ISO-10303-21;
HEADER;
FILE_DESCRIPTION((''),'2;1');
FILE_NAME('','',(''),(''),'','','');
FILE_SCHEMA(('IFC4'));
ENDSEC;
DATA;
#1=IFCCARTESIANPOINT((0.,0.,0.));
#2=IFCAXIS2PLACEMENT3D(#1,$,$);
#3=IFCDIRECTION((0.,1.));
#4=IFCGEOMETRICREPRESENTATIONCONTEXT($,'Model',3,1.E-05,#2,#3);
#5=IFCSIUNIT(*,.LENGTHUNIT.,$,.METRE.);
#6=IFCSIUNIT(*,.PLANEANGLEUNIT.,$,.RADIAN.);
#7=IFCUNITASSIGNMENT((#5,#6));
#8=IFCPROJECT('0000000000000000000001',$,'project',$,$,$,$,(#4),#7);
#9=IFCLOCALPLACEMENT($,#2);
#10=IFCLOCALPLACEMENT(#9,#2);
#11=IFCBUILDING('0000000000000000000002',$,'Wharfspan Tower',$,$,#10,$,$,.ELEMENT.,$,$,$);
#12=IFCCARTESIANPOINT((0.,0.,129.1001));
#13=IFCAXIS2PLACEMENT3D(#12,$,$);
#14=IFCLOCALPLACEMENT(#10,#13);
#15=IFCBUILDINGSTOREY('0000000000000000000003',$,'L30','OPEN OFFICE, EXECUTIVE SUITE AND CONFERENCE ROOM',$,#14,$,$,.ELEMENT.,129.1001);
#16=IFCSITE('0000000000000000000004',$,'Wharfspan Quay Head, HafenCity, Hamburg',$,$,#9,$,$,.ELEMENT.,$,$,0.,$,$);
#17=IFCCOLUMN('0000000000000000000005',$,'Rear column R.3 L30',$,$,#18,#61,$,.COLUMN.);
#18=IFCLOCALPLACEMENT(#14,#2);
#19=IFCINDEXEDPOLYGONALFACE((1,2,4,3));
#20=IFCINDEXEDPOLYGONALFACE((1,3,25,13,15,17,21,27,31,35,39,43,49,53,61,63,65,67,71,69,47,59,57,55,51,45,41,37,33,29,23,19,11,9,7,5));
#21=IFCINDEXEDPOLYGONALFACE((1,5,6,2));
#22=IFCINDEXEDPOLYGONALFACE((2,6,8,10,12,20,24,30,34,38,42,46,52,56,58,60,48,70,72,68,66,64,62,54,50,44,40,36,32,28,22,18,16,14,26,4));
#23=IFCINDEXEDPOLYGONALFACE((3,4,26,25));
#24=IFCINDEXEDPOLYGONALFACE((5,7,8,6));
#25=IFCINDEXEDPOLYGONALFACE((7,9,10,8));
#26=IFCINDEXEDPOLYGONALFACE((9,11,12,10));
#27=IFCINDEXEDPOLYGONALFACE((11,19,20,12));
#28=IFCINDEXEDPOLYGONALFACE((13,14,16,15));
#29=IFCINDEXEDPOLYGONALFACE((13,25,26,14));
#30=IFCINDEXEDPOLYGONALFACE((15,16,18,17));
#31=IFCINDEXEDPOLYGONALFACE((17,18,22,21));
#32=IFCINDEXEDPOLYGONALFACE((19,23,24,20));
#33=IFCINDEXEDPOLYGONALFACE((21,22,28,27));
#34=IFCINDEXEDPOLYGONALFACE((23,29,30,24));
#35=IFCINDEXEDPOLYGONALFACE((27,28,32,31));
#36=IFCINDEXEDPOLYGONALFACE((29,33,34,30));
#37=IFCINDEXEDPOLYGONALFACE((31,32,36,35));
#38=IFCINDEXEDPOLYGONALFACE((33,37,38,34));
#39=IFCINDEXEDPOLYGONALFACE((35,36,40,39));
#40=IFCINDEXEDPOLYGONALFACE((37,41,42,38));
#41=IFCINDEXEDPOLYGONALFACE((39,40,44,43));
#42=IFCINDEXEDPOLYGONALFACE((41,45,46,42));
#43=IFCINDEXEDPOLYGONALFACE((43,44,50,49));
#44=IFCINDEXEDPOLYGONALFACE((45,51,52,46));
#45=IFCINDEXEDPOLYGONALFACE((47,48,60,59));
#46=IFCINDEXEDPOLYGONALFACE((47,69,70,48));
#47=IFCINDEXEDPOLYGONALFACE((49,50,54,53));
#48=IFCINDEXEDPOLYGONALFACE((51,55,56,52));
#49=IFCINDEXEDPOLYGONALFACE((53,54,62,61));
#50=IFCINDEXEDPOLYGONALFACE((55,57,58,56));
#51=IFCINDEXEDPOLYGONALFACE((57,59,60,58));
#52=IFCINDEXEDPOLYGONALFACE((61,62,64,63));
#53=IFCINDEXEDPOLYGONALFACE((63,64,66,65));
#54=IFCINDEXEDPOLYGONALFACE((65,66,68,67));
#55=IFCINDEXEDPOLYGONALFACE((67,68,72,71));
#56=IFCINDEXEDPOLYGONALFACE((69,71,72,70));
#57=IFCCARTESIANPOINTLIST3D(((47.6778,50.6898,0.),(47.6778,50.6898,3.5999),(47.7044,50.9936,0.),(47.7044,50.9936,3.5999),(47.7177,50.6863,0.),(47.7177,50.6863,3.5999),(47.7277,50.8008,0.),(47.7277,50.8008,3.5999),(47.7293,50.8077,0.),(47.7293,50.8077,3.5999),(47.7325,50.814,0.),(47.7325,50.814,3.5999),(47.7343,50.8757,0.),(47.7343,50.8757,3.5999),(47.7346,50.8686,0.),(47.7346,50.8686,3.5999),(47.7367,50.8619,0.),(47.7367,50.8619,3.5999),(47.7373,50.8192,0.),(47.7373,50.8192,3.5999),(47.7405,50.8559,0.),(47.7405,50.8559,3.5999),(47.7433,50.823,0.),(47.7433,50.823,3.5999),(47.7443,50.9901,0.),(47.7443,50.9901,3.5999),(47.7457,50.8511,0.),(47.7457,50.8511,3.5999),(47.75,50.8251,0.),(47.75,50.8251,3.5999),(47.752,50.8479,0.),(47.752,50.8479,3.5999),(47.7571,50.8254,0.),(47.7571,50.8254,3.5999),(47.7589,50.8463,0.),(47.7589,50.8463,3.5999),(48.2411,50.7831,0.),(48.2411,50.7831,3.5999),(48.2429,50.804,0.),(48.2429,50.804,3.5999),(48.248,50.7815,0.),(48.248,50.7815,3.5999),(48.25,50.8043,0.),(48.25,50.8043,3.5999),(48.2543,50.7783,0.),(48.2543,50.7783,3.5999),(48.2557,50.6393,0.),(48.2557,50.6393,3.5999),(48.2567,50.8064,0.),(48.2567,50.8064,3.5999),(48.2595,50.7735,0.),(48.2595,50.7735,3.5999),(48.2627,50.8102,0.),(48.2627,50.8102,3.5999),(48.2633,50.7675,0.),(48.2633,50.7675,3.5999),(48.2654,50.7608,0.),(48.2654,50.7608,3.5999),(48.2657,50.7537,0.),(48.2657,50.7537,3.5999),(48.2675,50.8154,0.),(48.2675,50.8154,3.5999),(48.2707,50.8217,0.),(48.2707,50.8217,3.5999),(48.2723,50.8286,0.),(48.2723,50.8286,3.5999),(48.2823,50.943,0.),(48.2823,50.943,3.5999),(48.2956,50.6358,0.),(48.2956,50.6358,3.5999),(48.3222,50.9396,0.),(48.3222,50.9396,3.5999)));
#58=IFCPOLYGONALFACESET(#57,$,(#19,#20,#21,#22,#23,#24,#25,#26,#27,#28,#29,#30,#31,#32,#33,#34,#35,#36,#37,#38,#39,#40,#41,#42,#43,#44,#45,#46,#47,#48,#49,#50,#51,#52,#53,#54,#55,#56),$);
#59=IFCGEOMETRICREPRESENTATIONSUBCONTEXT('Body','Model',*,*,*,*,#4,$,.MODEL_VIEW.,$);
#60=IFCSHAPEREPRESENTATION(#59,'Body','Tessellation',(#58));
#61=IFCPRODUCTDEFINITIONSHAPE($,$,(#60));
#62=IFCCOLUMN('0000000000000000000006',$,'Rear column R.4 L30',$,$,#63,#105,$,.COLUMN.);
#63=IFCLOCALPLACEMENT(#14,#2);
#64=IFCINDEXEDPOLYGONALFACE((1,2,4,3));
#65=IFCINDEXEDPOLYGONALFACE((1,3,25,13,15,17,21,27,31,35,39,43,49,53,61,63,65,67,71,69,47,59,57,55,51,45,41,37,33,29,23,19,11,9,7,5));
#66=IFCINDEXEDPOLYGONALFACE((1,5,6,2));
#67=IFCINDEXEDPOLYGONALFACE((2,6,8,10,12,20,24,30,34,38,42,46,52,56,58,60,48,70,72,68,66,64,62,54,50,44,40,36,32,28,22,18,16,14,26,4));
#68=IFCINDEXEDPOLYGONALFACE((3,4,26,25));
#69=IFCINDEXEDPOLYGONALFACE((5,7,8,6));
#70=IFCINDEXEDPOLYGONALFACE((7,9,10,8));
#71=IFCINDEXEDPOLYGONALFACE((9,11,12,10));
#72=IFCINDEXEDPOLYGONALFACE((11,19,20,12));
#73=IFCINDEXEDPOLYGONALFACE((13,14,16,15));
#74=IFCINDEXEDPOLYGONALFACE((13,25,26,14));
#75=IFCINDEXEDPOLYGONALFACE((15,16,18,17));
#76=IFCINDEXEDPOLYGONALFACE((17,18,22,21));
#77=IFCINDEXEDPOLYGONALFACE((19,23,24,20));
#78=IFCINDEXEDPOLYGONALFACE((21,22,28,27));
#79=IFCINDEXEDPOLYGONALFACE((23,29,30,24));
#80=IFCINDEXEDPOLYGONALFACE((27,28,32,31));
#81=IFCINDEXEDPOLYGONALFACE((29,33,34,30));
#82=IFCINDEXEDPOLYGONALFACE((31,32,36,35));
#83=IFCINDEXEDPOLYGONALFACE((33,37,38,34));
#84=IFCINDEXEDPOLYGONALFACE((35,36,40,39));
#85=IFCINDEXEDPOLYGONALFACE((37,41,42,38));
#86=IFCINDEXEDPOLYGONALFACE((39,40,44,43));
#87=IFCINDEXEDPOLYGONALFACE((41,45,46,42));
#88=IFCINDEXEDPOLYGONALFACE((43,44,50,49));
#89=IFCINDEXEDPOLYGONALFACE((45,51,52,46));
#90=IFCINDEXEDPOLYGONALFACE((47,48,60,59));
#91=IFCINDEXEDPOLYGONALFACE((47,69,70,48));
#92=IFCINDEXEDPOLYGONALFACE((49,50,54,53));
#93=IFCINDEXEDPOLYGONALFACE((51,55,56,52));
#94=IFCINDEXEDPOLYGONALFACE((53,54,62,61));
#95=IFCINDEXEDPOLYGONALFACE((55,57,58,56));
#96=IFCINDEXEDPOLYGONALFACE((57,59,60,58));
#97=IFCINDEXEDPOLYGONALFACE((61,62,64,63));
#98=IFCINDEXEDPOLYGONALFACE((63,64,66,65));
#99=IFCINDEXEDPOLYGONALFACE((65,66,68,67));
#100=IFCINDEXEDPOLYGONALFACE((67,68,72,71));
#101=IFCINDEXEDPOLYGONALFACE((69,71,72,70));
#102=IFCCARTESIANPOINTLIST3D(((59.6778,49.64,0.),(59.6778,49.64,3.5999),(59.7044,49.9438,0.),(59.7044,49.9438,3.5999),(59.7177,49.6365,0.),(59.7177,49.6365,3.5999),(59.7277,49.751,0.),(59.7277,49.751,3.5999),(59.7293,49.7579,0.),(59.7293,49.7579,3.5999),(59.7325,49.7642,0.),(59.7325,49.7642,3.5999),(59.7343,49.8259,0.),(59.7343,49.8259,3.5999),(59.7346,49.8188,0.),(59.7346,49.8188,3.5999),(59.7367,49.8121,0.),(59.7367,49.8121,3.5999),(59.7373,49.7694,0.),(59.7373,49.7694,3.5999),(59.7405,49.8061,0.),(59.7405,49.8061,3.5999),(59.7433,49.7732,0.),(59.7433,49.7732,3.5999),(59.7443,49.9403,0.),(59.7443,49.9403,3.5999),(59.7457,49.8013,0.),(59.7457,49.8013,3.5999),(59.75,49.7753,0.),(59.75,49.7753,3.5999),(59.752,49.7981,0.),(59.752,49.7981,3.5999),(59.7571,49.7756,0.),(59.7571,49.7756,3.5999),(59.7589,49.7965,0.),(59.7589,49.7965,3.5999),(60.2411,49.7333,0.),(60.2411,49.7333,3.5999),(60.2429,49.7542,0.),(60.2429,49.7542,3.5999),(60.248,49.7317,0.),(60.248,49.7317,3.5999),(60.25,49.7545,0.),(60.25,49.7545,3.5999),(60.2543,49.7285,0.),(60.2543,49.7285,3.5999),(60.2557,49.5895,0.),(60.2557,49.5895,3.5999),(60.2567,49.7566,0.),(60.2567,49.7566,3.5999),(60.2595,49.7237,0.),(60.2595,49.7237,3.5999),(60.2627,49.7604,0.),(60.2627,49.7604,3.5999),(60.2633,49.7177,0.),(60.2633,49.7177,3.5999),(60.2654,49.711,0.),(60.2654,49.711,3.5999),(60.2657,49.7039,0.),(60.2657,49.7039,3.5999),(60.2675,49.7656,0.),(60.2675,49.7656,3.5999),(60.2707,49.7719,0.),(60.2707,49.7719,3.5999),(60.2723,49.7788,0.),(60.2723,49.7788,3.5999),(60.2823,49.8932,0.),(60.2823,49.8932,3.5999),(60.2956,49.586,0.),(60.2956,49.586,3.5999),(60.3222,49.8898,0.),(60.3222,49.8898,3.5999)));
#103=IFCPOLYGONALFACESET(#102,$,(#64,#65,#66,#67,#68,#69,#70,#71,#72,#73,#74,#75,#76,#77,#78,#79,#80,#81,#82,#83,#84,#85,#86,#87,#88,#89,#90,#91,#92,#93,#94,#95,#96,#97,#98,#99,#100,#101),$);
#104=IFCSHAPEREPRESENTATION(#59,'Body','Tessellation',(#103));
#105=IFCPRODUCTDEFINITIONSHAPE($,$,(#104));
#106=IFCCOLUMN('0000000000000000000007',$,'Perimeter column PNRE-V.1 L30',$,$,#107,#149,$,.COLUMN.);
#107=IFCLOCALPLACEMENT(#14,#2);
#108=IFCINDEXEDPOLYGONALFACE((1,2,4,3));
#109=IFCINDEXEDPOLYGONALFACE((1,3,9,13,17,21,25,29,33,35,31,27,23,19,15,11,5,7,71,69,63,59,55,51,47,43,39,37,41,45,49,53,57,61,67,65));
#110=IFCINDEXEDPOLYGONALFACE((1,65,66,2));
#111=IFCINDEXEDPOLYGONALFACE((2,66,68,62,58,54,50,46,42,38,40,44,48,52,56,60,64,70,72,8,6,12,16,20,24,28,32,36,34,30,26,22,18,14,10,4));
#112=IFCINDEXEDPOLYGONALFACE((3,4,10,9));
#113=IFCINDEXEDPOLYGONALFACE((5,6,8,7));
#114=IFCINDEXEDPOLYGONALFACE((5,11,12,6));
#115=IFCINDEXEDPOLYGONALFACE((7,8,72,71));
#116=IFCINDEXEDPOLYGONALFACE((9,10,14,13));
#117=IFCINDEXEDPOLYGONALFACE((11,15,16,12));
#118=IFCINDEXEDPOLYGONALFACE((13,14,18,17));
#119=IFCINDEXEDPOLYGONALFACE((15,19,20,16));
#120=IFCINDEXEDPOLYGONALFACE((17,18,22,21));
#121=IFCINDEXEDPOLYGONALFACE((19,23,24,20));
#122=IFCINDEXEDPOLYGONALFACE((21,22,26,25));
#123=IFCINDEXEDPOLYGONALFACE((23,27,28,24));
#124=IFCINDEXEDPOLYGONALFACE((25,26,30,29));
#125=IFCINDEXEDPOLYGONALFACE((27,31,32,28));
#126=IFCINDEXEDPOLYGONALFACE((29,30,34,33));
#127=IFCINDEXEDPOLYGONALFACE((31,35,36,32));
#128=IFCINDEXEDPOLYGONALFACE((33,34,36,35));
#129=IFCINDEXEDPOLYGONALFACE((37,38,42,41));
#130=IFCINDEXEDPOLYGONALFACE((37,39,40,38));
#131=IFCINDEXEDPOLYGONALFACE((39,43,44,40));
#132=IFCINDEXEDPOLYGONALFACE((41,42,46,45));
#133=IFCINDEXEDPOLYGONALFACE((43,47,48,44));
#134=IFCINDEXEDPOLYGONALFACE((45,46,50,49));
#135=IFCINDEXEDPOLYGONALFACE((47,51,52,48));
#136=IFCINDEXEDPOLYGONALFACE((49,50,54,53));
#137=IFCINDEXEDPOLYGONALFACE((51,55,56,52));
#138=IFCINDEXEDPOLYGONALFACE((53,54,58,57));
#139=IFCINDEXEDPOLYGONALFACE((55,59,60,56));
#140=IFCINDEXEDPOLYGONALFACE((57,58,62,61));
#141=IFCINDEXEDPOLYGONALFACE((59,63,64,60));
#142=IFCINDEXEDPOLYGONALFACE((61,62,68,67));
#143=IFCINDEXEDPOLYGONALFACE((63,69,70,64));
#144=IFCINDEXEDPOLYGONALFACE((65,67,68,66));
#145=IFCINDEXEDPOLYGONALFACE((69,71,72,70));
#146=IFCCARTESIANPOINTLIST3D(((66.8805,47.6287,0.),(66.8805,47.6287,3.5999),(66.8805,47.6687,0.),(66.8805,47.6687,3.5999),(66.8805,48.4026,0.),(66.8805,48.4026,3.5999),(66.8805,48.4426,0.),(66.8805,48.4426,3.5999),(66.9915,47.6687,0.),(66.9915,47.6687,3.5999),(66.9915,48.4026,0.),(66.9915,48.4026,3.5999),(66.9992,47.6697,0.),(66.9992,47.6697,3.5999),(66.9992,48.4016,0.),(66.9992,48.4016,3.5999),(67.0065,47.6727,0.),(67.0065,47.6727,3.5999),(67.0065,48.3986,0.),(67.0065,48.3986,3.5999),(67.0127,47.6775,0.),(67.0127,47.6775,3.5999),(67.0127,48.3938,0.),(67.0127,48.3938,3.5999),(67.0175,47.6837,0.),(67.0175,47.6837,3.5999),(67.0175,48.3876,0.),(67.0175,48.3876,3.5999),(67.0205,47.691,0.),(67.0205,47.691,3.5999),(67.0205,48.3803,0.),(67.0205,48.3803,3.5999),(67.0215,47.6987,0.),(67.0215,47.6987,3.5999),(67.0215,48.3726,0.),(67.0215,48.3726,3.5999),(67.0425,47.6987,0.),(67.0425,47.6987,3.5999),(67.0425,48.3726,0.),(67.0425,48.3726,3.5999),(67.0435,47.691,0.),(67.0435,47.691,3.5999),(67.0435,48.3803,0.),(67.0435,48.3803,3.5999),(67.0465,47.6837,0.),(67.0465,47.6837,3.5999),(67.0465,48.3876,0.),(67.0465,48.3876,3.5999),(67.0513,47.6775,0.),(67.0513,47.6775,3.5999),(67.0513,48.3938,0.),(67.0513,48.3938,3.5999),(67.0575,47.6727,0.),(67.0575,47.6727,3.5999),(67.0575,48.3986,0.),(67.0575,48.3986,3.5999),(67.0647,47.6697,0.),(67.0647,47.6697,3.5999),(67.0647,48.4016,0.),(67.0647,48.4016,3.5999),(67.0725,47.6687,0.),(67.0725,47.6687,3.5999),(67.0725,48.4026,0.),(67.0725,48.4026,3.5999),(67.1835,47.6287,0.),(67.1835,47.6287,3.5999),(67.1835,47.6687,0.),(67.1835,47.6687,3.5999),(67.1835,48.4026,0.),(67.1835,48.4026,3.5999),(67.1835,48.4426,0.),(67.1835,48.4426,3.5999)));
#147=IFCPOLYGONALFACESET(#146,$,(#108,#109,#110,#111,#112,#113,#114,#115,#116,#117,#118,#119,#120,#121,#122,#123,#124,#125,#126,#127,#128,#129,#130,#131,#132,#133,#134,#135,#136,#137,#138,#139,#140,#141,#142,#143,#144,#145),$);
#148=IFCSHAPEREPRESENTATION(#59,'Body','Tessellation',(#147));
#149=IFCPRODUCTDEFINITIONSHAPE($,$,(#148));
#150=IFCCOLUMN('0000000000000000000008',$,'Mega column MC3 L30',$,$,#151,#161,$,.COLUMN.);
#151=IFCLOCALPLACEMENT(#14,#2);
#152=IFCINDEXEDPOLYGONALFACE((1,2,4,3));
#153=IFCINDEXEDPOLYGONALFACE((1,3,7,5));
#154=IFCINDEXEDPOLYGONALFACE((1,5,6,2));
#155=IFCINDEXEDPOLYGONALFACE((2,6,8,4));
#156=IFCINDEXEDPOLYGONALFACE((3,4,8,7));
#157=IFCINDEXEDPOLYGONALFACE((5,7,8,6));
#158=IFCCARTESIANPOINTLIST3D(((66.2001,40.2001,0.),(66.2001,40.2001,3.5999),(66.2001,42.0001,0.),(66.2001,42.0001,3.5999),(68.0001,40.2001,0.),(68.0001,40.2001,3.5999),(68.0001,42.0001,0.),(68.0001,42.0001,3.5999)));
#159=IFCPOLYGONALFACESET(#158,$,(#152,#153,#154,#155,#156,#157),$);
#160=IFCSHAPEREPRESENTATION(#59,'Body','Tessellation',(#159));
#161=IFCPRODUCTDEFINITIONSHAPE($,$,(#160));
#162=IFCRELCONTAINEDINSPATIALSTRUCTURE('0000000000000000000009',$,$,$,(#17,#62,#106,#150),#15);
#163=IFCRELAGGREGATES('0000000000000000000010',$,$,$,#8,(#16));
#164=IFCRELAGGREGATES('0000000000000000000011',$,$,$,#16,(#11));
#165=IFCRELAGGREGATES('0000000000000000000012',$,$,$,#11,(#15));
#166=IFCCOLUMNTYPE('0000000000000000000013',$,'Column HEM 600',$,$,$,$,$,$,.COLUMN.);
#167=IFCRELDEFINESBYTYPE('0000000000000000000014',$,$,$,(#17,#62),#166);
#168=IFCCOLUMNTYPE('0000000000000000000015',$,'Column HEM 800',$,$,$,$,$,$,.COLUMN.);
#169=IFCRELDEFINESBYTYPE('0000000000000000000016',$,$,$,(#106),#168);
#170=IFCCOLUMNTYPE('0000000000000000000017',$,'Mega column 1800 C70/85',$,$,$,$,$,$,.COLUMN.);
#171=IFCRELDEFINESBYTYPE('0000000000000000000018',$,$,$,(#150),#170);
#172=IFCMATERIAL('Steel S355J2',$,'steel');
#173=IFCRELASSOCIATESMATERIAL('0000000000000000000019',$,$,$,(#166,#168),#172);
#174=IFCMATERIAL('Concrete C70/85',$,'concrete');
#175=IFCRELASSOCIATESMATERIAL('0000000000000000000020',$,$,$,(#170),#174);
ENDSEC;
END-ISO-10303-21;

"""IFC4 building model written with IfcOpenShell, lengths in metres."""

from ifc_helpers import new_model, si_unit, direction, frame, origin, origin_2d, place, context, subcontext, project, spatial, rectangle, i_section, extrude, material, material_profile, profile_set, type_object, element, save


model = new_model("IFC4")

# Units and contexts
model_context = context("Model", 3, precision=1e-05, world=origin(), true_north=direction((0.0, 1.0)))
body_context = subcontext(model_context, "Body", "Model", "MODEL_VIEW")
ifc_project = project(units=[si_unit("LENGTHUNIT", "METRE"), si_unit("PLANEANGLEUNIT", "RADIAN")], contexts=[model_context])

# Site, building, storey
site_placement = place(None, origin())
site = spatial("IfcSite", under=ifc_project, at=site_placement, Name="Wharfspan Quay Head, HafenCity, Hamburg", CompositionType="ELEMENT", RefElevation=0.0)
building_placement = place(site_placement, origin())
building = spatial("IfcBuilding", under=site, at=building_placement, Name="Wharfspan Tower", CompositionType="ELEMENT")
storey_placement = place(building_placement, frame((0.0, 0.0, 129.1001)))
storey = spatial("IfcBuildingStorey", under=building, at=storey_placement, Name="L30", Description="OPEN OFFICE, EXECUTIVE SUITE AND CONFERENCE ROOM", CompositionType="ELEMENT", Elevation=129.1001)

# Columns
ifc_material_1 = material(Name="Steel S355J2", Category="steel")
ifc_material_profile_1 = material_profile(ifc_material_1, i_section(OverallWidth=0.3049, OverallDepth=0.6201, WebThickness=0.021, FlangeThickness=0.04, FilletRadius=0.0271, at=origin_2d()))
ifc_profile_set_1 = profile_set([ifc_material_profile_1], Name="Steel S355J2")
column_type_1 = type_object("IfcColumnType", Name="Column HEM 600", PredefinedType="COLUMN", material=ifc_profile_set_1)
for number, where, z_axis, x_axis, name in (
    (1, (48.0, 50.8147, 0.0), (0.0, 0.0, 1.0), (0.087156, 0.996198, 0.0), "Rear column R.3 L30"),
    (2, (60.0, 49.7649, 0.0), (0.0, 0.0, 1.0), (0.087156, 0.996198, 0.0), "Rear column R.4 L30"),
):
    element("IfcColumn", number, at=place(storey_placement, frame(where, z_axis=z_axis, x_axis=x_axis)), inside=storey, type_object=column_type_1, Name=name, PredefinedType="COLUMN", context=body_context, shape_type="SweptSolid", body=[
        extrude(i_section(OverallWidth=0.3049, OverallDepth=0.6201, WebThickness=0.021, FlangeThickness=0.04, FilletRadius=0.0271, at=origin_2d()), origin(), (0.0, 0.0, 1.0), 3.5999),
    ])
ifc_material_profile_2 = material_profile(ifc_material_1, i_section(OverallWidth=0.303, OverallDepth=0.814, WebThickness=0.021, FlangeThickness=0.04, FilletRadius=0.03, at=origin_2d()))
ifc_profile_set_2 = profile_set([ifc_material_profile_2], Name="Steel S355J2")
column_type_2 = type_object("IfcColumnType", Name="Column HEM 800", PredefinedType="COLUMN", material=ifc_profile_set_2)
column_1_placement = place(storey_placement, frame((67.032, 48.0356, 0.0), z_axis=(0.0, 0.0, 1.0), x_axis=(1.0, 0.0, 0.0)))
element("IfcColumn", 3, at=column_1_placement, inside=storey, type_object=column_type_2, Name="Perimeter column PNRE-V.1 L30", PredefinedType="COLUMN", context=body_context, shape_type="SweptSolid", body=[
    extrude(i_section(OverallWidth=0.303, OverallDepth=0.814, WebThickness=0.021, FlangeThickness=0.04, FilletRadius=0.03, at=origin_2d()), origin(), (0.0, 0.0, 1.0), 3.5999),
])
ifc_material_2 = material(Name="Concrete C70/85", Category="concrete")
ifc_material_profile_3 = material_profile(ifc_material_2, rectangle(XDim=1.8, YDim=1.8, at=origin_2d()))
ifc_profile_set_3 = profile_set([ifc_material_profile_3], Name="Concrete C70/85")
column_type_3 = type_object("IfcColumnType", Name="Mega column 1800 C70/85", PredefinedType="COLUMN", material=ifc_profile_set_3)
column_2_placement = place(storey_placement, frame((67.1001, 41.1001, 0.0), z_axis=(0.0, 0.0, 1.0), x_axis=(1.0, 0.0, 0.0)))
element("IfcColumn", 4, at=column_2_placement, inside=storey, type_object=column_type_3, Name="Mega column MC3 L30", PredefinedType="COLUMN", context=body_context, shape_type="SweptSolid", body=[
    extrude(rectangle(XDim=1.8, YDim=1.8, at=origin_2d()), origin(), (0.0, 0.0, 1.0), 3.5999),
])

save(model, "model.ifc")
